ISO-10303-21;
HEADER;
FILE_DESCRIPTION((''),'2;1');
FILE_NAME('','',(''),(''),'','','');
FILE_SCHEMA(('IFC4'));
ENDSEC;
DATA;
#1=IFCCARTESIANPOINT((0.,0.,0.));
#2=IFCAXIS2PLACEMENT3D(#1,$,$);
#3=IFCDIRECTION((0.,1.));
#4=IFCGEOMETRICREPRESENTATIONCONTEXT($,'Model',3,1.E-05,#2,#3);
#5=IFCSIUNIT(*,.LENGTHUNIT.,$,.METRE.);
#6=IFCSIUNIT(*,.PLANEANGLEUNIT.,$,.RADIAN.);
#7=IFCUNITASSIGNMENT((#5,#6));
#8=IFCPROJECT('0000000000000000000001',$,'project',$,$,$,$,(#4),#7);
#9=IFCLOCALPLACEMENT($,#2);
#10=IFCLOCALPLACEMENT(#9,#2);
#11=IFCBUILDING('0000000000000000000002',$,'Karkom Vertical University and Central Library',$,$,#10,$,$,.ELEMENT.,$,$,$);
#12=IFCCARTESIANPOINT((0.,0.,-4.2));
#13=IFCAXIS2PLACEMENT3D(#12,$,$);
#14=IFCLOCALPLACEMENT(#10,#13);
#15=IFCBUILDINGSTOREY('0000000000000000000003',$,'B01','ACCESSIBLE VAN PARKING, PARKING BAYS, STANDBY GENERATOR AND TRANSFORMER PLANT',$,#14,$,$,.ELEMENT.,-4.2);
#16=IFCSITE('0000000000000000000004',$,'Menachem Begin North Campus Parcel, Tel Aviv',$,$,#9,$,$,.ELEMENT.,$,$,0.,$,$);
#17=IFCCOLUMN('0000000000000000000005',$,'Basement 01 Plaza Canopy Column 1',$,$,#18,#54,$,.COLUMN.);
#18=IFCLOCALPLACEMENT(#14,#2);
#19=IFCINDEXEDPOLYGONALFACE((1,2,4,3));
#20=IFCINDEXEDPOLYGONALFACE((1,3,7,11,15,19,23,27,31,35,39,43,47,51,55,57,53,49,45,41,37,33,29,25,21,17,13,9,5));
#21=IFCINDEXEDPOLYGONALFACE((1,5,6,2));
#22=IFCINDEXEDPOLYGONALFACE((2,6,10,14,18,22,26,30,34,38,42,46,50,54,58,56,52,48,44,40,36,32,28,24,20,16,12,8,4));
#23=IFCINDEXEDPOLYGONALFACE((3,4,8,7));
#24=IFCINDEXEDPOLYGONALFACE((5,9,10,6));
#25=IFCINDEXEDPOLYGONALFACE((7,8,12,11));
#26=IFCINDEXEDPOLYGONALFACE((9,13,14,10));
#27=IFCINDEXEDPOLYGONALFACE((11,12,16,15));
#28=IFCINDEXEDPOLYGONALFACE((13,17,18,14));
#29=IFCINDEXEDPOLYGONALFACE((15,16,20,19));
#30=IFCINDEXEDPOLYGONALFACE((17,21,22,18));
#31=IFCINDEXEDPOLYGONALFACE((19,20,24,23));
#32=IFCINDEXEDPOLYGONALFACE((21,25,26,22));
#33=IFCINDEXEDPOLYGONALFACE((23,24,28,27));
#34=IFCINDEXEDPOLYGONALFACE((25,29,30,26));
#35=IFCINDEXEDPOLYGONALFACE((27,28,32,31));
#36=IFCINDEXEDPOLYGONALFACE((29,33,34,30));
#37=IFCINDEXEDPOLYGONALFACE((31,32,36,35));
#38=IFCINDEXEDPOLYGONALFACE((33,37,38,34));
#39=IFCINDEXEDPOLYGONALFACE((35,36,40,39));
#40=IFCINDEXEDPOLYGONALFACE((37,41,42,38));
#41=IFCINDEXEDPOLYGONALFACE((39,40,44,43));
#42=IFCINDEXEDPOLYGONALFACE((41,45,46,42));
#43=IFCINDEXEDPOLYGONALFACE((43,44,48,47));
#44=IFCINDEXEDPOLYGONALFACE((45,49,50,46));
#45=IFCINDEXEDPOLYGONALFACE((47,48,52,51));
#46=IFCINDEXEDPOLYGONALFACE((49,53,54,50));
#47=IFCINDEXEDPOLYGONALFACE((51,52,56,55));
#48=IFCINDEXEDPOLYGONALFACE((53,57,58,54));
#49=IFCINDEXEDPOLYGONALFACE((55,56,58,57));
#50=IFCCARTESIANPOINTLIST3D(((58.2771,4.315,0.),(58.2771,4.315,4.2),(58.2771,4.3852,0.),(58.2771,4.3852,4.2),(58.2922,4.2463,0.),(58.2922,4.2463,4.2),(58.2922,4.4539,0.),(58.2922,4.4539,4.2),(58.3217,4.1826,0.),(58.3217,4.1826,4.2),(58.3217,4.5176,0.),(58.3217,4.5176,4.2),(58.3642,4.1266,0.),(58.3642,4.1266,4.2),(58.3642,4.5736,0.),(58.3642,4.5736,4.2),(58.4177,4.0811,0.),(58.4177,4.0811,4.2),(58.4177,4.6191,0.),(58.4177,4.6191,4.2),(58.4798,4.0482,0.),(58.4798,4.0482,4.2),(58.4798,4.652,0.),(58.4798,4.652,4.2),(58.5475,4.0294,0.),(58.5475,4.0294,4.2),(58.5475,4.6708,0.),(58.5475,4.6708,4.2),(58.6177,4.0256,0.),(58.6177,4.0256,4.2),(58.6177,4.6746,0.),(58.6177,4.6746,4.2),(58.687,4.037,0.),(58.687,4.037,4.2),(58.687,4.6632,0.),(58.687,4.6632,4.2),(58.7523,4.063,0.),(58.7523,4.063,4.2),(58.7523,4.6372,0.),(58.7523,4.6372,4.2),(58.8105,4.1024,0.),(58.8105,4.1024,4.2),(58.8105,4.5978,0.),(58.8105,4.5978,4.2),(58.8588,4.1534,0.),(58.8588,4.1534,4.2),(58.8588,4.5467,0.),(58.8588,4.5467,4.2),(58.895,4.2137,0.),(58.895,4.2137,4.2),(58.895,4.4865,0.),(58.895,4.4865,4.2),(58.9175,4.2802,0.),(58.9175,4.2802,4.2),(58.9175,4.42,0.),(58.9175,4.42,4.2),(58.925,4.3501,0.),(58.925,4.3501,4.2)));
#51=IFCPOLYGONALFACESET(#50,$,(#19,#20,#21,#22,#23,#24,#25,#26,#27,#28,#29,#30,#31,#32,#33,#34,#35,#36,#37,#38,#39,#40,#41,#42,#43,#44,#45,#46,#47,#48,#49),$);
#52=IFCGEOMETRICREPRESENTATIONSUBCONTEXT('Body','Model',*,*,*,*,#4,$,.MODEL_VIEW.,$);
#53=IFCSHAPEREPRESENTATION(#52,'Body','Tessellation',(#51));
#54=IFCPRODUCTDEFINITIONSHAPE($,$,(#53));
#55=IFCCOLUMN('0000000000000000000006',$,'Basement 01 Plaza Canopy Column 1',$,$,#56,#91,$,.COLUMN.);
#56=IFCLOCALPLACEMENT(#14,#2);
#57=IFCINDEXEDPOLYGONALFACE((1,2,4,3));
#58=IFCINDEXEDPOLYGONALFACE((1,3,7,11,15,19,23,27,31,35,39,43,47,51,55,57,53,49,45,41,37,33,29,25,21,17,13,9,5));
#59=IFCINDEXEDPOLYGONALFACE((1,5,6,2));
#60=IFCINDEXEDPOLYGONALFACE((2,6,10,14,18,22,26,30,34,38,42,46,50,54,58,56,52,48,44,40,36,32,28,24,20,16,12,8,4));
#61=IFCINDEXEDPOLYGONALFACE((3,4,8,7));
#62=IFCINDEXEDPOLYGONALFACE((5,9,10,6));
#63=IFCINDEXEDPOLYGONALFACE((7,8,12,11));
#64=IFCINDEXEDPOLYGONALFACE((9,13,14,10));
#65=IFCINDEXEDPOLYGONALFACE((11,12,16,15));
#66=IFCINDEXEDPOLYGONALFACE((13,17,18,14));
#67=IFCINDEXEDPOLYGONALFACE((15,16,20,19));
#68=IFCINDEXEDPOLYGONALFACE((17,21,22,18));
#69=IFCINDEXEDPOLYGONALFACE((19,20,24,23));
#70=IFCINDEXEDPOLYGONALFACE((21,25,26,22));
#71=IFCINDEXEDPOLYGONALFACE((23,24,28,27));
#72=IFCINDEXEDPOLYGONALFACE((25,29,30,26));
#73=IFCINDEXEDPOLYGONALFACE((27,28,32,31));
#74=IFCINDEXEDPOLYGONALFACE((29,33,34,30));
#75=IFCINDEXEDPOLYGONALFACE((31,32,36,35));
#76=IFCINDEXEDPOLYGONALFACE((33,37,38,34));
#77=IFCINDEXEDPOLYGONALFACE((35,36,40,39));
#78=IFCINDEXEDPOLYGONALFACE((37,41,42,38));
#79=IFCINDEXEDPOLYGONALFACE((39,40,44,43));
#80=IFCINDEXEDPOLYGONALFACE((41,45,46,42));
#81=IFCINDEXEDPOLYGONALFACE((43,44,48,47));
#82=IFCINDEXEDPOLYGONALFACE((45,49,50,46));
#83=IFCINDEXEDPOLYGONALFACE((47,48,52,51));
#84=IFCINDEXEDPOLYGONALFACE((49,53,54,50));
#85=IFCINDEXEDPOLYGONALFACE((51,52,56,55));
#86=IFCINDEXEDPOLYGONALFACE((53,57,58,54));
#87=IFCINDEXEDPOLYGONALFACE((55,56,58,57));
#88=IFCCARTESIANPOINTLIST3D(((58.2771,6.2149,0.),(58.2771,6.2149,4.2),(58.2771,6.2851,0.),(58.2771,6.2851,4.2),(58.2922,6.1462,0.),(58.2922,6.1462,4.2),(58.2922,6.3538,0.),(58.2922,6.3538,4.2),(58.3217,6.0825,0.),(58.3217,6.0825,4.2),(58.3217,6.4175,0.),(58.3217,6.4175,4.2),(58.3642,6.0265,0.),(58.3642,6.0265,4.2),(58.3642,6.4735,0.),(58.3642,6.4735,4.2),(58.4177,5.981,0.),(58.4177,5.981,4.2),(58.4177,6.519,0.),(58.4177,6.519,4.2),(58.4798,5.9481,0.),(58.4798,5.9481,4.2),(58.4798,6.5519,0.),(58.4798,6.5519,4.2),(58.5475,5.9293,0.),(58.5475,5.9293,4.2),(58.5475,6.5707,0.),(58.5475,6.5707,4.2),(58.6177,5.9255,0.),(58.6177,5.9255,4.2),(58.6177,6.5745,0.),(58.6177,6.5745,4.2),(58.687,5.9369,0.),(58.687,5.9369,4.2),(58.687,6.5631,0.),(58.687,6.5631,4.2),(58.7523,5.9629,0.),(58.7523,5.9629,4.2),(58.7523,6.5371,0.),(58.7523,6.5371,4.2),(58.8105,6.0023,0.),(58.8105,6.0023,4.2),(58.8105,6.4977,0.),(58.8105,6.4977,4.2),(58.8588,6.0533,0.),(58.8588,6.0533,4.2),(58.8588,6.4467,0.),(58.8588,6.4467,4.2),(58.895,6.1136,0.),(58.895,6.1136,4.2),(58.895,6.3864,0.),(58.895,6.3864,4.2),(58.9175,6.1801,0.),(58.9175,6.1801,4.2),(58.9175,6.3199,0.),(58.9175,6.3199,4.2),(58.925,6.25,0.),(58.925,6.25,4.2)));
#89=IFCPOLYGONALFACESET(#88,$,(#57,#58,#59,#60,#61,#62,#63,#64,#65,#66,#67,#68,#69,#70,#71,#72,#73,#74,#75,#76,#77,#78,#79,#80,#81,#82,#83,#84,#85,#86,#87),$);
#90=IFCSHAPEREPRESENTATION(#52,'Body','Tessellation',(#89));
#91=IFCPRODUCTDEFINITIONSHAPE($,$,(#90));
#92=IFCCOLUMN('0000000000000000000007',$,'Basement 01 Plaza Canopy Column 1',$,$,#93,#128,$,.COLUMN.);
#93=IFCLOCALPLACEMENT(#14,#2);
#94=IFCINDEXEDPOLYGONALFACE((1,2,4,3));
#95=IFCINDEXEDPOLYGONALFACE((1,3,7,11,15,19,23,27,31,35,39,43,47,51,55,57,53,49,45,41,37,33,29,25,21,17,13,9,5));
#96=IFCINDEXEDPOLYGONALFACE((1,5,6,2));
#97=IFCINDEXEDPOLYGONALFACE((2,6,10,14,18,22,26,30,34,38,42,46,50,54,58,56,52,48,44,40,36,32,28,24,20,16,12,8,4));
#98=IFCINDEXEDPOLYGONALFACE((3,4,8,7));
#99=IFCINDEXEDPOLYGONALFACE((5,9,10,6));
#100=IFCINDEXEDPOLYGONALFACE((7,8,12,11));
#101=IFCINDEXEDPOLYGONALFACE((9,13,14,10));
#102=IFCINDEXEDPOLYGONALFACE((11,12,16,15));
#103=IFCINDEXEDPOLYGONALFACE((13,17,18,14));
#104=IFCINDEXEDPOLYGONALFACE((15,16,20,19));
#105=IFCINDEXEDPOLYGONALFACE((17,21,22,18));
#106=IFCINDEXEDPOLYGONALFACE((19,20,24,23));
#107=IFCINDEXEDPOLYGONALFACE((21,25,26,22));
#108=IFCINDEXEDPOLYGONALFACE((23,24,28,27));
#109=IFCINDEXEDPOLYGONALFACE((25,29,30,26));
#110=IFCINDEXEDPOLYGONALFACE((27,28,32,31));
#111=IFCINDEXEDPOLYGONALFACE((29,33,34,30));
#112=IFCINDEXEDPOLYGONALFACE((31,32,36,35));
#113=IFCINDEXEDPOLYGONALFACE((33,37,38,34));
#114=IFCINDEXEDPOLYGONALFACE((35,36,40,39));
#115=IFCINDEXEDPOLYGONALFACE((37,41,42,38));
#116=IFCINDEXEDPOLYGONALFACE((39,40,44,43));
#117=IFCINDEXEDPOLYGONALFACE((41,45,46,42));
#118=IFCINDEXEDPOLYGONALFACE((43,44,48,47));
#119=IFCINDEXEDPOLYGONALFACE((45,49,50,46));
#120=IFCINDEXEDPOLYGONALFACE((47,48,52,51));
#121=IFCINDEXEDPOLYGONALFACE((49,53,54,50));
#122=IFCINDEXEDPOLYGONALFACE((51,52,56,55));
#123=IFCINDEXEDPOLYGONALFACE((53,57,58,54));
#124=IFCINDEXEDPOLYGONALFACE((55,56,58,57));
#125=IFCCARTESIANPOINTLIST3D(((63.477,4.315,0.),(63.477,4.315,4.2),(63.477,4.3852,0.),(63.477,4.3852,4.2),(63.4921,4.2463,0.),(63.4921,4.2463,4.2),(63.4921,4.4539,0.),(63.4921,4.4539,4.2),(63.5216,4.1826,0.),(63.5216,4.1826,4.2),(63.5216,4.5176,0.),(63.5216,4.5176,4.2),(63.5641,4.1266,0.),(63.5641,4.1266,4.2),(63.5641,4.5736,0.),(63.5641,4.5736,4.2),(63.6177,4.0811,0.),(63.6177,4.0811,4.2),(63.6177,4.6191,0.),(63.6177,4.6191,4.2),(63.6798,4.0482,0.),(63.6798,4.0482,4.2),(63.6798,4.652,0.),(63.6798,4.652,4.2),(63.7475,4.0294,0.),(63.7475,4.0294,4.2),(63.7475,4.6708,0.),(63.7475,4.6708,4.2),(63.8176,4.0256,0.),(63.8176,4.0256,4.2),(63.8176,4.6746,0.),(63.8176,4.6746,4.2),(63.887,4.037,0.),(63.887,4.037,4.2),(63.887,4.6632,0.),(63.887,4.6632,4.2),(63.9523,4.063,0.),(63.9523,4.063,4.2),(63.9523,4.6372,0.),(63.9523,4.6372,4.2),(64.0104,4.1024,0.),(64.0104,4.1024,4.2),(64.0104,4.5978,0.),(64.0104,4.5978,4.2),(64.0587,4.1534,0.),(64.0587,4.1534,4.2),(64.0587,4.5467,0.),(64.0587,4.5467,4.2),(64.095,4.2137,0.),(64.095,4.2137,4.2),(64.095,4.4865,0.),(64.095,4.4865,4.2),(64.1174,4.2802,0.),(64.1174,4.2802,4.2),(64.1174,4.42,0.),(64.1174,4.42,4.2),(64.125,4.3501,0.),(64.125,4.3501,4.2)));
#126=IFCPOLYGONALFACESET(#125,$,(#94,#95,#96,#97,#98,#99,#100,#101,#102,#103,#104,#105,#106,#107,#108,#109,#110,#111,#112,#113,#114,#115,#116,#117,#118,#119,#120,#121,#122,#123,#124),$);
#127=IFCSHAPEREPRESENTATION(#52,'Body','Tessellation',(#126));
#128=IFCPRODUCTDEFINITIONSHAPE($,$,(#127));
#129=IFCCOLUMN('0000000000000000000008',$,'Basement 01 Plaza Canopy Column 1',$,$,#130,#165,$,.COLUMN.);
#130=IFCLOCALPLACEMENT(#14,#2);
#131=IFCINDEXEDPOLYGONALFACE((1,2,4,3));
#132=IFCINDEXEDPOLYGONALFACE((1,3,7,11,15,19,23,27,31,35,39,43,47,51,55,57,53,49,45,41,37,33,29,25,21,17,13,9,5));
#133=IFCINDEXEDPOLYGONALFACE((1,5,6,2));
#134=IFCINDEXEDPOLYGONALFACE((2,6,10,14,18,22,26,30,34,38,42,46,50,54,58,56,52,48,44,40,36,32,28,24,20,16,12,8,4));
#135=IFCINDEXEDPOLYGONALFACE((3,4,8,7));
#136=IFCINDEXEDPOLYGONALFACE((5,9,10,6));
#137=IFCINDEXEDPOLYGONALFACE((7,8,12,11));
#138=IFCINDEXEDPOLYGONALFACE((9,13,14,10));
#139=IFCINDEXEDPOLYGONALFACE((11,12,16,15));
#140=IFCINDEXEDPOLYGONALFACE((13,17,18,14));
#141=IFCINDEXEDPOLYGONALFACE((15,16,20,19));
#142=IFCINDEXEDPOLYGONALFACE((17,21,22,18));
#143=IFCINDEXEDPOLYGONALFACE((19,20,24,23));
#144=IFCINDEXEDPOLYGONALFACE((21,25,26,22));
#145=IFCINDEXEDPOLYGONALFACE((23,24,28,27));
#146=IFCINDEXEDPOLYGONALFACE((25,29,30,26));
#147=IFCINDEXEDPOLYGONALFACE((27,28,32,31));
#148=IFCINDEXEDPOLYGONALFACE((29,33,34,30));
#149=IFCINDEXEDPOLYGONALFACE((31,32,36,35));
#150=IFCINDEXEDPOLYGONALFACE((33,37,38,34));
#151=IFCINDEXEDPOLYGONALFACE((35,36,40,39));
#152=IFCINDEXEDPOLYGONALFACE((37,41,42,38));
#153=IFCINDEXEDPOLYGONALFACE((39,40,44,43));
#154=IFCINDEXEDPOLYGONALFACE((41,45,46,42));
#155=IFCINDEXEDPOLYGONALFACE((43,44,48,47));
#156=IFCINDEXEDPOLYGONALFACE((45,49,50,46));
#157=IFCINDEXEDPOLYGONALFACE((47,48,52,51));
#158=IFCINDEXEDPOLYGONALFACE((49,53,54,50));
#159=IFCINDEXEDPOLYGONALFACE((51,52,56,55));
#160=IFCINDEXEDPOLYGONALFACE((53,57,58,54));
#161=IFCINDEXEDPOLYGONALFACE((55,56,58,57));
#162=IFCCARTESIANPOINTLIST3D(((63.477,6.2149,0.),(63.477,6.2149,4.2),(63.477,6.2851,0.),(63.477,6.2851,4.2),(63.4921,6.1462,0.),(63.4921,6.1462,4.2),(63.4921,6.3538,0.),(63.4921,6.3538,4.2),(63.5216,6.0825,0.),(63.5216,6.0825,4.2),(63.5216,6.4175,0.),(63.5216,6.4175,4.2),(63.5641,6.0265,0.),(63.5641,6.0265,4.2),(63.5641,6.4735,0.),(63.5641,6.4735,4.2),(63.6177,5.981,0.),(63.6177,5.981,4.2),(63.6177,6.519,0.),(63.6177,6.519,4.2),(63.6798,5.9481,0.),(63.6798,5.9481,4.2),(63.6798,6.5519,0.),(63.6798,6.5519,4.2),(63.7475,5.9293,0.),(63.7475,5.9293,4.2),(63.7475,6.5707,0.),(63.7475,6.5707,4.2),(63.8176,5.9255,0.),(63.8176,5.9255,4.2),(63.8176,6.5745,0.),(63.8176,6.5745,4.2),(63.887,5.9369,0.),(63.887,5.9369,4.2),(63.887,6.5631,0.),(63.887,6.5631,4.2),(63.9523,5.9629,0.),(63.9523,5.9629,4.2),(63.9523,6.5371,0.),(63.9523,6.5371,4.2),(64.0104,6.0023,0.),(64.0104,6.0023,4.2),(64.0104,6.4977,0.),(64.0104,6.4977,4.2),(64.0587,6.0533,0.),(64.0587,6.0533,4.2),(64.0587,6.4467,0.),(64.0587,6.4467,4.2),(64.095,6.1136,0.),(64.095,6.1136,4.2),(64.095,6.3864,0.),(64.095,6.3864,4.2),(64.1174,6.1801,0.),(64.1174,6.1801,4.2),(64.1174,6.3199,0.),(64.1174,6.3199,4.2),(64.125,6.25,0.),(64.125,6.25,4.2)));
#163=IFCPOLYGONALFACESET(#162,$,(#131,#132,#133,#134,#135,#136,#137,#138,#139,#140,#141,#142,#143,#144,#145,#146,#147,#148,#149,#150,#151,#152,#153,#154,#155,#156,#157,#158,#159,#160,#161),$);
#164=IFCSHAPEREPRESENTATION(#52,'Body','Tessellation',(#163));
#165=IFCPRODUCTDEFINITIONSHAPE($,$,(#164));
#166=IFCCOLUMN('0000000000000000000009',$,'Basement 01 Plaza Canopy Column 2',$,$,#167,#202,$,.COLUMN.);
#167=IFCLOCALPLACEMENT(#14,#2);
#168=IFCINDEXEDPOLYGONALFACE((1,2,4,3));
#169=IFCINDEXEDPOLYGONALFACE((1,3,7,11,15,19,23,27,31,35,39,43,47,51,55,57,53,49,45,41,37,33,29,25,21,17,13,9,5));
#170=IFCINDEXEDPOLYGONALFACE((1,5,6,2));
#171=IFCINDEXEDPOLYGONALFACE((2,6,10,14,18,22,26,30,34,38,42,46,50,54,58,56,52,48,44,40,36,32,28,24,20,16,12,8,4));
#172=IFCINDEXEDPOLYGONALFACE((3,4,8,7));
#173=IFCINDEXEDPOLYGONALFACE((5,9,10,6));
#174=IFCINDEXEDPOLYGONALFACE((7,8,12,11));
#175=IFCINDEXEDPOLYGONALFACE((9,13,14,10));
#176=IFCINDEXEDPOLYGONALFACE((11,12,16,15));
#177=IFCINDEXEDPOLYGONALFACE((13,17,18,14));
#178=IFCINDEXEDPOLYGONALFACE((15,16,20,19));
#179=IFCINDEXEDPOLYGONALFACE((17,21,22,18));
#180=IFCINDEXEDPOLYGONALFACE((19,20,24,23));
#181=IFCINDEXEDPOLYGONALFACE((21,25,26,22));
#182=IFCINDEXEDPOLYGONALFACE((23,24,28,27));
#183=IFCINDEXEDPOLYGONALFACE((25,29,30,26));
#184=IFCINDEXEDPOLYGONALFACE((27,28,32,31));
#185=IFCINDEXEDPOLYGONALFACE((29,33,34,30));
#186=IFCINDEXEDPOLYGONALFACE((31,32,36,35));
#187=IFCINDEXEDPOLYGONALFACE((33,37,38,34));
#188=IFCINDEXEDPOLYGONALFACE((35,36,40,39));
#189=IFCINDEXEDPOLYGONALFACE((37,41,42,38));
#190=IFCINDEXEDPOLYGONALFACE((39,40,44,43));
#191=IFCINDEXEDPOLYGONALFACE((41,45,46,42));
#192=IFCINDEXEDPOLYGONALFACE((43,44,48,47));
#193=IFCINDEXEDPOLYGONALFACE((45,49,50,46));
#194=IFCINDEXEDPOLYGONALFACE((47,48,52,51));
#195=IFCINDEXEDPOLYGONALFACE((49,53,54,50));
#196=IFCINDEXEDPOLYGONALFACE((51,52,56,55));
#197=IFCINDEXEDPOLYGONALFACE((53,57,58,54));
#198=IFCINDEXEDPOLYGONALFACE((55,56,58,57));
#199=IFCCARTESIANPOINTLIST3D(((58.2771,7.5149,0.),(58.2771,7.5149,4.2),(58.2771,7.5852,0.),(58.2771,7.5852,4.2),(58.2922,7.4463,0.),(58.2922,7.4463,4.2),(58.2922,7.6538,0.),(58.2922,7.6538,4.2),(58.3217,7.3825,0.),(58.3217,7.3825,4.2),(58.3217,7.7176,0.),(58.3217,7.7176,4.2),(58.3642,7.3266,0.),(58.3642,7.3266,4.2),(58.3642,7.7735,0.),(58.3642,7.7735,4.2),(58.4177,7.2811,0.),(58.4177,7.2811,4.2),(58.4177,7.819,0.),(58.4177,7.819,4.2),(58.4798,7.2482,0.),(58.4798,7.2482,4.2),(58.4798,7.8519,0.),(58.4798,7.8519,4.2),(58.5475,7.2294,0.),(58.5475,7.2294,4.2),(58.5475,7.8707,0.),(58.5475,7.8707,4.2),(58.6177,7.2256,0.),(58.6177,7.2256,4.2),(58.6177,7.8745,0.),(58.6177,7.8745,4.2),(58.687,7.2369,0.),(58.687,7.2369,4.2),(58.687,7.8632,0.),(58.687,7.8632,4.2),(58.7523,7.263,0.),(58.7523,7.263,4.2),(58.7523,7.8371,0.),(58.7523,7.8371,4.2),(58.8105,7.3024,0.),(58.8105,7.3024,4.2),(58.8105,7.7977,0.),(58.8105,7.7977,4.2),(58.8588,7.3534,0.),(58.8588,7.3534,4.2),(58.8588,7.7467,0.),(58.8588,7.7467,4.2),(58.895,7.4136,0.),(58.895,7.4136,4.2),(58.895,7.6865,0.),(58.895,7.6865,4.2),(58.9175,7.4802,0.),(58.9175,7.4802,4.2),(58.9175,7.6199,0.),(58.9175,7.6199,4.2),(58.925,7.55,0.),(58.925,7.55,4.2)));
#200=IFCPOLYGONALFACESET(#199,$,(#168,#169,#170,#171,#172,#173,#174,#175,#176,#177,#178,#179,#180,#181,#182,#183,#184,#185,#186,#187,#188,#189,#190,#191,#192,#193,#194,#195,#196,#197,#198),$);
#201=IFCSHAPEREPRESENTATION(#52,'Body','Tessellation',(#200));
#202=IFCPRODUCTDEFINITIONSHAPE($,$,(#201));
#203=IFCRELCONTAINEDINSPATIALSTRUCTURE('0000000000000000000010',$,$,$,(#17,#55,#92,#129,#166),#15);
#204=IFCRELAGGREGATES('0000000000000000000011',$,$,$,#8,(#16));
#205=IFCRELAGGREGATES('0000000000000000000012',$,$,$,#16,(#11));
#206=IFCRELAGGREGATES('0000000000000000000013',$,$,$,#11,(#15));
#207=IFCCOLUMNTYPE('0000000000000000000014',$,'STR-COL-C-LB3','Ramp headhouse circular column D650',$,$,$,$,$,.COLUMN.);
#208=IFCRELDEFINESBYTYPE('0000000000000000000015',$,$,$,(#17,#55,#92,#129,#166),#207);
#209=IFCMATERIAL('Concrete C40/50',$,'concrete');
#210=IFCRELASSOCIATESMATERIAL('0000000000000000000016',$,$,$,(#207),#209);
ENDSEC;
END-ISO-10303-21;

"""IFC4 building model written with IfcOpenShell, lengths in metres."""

from ifc_helpers import new_model, si_unit, direction, frame, origin, origin_with_axes, origin_2d, place, context, subcontext, project, spatial, circle, extrude, source, transform, mapped, material, material_profile, profile_set, type_object, element, save


model = new_model("IFC4")

# Units and contexts
model_context = context("Model", 3, precision=1e-05, world=origin(), true_north=direction((0.0, 1.0)))
body_context = subcontext(model_context, "Body", "Model", "MODEL_VIEW")
ifc_project = project(units=[si_unit("LENGTHUNIT", "METRE"), si_unit("PLANEANGLEUNIT", "RADIAN")], contexts=[model_context])

# Site, building, storey
site_placement = place(None, origin())
site = spatial("IfcSite", under=ifc_project, at=site_placement, Name="Menachem Begin North Campus Parcel, Tel Aviv", CompositionType="ELEMENT", RefElevation=0.0)
building_placement = place(site_placement, origin())
building = spatial("IfcBuilding", under=site, at=building_placement, Name="Karkom Vertical University and Central Library", CompositionType="ELEMENT")
storey_placement = place(building_placement, frame((0.0, 0.0, -4.2)))
storey = spatial("IfcBuildingStorey", under=building, at=storey_placement, Name="B01", Description="ACCESSIBLE VAN PARKING, PARKING BAYS, STANDBY GENERATOR AND TRANSFORMER PLANT", CompositionType="ELEMENT", Elevation=-4.2)

# Columns
ifc_material_1 = material(Name="Concrete C40/50", Category="concrete")
ifc_material_profile_1 = material_profile(ifc_material_1, circle(Radius=0.325, at=origin_2d()), Name="RC-D650")
ifc_profile_set_1 = profile_set([ifc_material_profile_1], Name="Concrete C40/50")
column_type_1 = type_object("IfcColumnType", Name="STR-COL-C-LB3", Description="Ramp headhouse circular column D650", PredefinedType="COLUMN", material=ifc_profile_set_1)
shared_shape_1 = source(origin_with_axes(), body_context, "Body", "SweptSolid", [
    extrude(circle(Radius=0.325, at=origin_2d()), origin(), (0.0, 0.0, 1.0), 4.2),
])
for number, where, z_axis, x_axis, name in (
    (1, (58.6001, 4.3501, 0.0), (0.0, 0.0, 1.0), (1.0, 0.0, 0.0), "Basement 01 Plaza Canopy Column 1"),
    (2, (58.6001, 6.25, 0.0), (0.0, 0.0, 1.0), (1.0, 0.0, 0.0), "Basement 01 Plaza Canopy Column 1"),
    (3, (63.8, 4.3501, 0.0), (0.0, 0.0, 1.0), (1.0, 0.0, 0.0), "Basement 01 Plaza Canopy Column 1"),
    (4, (63.8, 6.25, 0.0), (0.0, 0.0, 1.0), (1.0, 0.0, 0.0), "Basement 01 Plaza Canopy Column 1"),
    (5, (58.6001, 7.55, 0.0), (0.0, 0.0, 1.0), (1.0, 0.0, 0.0), "Basement 01 Plaza Canopy Column 2"),
):
    element("IfcColumn", number, at=place(storey_placement, frame(where, z_axis=z_axis, x_axis=x_axis)), inside=storey, type_object=column_type_1, Name=name, PredefinedType="COLUMN", context=body_context, shape_type="MappedRepresentation", body=[
        mapped(shared_shape_1, transform((0.0, 0.0, 0.0), scale=1.0)),
    ])

save(model, "model.ifc")
